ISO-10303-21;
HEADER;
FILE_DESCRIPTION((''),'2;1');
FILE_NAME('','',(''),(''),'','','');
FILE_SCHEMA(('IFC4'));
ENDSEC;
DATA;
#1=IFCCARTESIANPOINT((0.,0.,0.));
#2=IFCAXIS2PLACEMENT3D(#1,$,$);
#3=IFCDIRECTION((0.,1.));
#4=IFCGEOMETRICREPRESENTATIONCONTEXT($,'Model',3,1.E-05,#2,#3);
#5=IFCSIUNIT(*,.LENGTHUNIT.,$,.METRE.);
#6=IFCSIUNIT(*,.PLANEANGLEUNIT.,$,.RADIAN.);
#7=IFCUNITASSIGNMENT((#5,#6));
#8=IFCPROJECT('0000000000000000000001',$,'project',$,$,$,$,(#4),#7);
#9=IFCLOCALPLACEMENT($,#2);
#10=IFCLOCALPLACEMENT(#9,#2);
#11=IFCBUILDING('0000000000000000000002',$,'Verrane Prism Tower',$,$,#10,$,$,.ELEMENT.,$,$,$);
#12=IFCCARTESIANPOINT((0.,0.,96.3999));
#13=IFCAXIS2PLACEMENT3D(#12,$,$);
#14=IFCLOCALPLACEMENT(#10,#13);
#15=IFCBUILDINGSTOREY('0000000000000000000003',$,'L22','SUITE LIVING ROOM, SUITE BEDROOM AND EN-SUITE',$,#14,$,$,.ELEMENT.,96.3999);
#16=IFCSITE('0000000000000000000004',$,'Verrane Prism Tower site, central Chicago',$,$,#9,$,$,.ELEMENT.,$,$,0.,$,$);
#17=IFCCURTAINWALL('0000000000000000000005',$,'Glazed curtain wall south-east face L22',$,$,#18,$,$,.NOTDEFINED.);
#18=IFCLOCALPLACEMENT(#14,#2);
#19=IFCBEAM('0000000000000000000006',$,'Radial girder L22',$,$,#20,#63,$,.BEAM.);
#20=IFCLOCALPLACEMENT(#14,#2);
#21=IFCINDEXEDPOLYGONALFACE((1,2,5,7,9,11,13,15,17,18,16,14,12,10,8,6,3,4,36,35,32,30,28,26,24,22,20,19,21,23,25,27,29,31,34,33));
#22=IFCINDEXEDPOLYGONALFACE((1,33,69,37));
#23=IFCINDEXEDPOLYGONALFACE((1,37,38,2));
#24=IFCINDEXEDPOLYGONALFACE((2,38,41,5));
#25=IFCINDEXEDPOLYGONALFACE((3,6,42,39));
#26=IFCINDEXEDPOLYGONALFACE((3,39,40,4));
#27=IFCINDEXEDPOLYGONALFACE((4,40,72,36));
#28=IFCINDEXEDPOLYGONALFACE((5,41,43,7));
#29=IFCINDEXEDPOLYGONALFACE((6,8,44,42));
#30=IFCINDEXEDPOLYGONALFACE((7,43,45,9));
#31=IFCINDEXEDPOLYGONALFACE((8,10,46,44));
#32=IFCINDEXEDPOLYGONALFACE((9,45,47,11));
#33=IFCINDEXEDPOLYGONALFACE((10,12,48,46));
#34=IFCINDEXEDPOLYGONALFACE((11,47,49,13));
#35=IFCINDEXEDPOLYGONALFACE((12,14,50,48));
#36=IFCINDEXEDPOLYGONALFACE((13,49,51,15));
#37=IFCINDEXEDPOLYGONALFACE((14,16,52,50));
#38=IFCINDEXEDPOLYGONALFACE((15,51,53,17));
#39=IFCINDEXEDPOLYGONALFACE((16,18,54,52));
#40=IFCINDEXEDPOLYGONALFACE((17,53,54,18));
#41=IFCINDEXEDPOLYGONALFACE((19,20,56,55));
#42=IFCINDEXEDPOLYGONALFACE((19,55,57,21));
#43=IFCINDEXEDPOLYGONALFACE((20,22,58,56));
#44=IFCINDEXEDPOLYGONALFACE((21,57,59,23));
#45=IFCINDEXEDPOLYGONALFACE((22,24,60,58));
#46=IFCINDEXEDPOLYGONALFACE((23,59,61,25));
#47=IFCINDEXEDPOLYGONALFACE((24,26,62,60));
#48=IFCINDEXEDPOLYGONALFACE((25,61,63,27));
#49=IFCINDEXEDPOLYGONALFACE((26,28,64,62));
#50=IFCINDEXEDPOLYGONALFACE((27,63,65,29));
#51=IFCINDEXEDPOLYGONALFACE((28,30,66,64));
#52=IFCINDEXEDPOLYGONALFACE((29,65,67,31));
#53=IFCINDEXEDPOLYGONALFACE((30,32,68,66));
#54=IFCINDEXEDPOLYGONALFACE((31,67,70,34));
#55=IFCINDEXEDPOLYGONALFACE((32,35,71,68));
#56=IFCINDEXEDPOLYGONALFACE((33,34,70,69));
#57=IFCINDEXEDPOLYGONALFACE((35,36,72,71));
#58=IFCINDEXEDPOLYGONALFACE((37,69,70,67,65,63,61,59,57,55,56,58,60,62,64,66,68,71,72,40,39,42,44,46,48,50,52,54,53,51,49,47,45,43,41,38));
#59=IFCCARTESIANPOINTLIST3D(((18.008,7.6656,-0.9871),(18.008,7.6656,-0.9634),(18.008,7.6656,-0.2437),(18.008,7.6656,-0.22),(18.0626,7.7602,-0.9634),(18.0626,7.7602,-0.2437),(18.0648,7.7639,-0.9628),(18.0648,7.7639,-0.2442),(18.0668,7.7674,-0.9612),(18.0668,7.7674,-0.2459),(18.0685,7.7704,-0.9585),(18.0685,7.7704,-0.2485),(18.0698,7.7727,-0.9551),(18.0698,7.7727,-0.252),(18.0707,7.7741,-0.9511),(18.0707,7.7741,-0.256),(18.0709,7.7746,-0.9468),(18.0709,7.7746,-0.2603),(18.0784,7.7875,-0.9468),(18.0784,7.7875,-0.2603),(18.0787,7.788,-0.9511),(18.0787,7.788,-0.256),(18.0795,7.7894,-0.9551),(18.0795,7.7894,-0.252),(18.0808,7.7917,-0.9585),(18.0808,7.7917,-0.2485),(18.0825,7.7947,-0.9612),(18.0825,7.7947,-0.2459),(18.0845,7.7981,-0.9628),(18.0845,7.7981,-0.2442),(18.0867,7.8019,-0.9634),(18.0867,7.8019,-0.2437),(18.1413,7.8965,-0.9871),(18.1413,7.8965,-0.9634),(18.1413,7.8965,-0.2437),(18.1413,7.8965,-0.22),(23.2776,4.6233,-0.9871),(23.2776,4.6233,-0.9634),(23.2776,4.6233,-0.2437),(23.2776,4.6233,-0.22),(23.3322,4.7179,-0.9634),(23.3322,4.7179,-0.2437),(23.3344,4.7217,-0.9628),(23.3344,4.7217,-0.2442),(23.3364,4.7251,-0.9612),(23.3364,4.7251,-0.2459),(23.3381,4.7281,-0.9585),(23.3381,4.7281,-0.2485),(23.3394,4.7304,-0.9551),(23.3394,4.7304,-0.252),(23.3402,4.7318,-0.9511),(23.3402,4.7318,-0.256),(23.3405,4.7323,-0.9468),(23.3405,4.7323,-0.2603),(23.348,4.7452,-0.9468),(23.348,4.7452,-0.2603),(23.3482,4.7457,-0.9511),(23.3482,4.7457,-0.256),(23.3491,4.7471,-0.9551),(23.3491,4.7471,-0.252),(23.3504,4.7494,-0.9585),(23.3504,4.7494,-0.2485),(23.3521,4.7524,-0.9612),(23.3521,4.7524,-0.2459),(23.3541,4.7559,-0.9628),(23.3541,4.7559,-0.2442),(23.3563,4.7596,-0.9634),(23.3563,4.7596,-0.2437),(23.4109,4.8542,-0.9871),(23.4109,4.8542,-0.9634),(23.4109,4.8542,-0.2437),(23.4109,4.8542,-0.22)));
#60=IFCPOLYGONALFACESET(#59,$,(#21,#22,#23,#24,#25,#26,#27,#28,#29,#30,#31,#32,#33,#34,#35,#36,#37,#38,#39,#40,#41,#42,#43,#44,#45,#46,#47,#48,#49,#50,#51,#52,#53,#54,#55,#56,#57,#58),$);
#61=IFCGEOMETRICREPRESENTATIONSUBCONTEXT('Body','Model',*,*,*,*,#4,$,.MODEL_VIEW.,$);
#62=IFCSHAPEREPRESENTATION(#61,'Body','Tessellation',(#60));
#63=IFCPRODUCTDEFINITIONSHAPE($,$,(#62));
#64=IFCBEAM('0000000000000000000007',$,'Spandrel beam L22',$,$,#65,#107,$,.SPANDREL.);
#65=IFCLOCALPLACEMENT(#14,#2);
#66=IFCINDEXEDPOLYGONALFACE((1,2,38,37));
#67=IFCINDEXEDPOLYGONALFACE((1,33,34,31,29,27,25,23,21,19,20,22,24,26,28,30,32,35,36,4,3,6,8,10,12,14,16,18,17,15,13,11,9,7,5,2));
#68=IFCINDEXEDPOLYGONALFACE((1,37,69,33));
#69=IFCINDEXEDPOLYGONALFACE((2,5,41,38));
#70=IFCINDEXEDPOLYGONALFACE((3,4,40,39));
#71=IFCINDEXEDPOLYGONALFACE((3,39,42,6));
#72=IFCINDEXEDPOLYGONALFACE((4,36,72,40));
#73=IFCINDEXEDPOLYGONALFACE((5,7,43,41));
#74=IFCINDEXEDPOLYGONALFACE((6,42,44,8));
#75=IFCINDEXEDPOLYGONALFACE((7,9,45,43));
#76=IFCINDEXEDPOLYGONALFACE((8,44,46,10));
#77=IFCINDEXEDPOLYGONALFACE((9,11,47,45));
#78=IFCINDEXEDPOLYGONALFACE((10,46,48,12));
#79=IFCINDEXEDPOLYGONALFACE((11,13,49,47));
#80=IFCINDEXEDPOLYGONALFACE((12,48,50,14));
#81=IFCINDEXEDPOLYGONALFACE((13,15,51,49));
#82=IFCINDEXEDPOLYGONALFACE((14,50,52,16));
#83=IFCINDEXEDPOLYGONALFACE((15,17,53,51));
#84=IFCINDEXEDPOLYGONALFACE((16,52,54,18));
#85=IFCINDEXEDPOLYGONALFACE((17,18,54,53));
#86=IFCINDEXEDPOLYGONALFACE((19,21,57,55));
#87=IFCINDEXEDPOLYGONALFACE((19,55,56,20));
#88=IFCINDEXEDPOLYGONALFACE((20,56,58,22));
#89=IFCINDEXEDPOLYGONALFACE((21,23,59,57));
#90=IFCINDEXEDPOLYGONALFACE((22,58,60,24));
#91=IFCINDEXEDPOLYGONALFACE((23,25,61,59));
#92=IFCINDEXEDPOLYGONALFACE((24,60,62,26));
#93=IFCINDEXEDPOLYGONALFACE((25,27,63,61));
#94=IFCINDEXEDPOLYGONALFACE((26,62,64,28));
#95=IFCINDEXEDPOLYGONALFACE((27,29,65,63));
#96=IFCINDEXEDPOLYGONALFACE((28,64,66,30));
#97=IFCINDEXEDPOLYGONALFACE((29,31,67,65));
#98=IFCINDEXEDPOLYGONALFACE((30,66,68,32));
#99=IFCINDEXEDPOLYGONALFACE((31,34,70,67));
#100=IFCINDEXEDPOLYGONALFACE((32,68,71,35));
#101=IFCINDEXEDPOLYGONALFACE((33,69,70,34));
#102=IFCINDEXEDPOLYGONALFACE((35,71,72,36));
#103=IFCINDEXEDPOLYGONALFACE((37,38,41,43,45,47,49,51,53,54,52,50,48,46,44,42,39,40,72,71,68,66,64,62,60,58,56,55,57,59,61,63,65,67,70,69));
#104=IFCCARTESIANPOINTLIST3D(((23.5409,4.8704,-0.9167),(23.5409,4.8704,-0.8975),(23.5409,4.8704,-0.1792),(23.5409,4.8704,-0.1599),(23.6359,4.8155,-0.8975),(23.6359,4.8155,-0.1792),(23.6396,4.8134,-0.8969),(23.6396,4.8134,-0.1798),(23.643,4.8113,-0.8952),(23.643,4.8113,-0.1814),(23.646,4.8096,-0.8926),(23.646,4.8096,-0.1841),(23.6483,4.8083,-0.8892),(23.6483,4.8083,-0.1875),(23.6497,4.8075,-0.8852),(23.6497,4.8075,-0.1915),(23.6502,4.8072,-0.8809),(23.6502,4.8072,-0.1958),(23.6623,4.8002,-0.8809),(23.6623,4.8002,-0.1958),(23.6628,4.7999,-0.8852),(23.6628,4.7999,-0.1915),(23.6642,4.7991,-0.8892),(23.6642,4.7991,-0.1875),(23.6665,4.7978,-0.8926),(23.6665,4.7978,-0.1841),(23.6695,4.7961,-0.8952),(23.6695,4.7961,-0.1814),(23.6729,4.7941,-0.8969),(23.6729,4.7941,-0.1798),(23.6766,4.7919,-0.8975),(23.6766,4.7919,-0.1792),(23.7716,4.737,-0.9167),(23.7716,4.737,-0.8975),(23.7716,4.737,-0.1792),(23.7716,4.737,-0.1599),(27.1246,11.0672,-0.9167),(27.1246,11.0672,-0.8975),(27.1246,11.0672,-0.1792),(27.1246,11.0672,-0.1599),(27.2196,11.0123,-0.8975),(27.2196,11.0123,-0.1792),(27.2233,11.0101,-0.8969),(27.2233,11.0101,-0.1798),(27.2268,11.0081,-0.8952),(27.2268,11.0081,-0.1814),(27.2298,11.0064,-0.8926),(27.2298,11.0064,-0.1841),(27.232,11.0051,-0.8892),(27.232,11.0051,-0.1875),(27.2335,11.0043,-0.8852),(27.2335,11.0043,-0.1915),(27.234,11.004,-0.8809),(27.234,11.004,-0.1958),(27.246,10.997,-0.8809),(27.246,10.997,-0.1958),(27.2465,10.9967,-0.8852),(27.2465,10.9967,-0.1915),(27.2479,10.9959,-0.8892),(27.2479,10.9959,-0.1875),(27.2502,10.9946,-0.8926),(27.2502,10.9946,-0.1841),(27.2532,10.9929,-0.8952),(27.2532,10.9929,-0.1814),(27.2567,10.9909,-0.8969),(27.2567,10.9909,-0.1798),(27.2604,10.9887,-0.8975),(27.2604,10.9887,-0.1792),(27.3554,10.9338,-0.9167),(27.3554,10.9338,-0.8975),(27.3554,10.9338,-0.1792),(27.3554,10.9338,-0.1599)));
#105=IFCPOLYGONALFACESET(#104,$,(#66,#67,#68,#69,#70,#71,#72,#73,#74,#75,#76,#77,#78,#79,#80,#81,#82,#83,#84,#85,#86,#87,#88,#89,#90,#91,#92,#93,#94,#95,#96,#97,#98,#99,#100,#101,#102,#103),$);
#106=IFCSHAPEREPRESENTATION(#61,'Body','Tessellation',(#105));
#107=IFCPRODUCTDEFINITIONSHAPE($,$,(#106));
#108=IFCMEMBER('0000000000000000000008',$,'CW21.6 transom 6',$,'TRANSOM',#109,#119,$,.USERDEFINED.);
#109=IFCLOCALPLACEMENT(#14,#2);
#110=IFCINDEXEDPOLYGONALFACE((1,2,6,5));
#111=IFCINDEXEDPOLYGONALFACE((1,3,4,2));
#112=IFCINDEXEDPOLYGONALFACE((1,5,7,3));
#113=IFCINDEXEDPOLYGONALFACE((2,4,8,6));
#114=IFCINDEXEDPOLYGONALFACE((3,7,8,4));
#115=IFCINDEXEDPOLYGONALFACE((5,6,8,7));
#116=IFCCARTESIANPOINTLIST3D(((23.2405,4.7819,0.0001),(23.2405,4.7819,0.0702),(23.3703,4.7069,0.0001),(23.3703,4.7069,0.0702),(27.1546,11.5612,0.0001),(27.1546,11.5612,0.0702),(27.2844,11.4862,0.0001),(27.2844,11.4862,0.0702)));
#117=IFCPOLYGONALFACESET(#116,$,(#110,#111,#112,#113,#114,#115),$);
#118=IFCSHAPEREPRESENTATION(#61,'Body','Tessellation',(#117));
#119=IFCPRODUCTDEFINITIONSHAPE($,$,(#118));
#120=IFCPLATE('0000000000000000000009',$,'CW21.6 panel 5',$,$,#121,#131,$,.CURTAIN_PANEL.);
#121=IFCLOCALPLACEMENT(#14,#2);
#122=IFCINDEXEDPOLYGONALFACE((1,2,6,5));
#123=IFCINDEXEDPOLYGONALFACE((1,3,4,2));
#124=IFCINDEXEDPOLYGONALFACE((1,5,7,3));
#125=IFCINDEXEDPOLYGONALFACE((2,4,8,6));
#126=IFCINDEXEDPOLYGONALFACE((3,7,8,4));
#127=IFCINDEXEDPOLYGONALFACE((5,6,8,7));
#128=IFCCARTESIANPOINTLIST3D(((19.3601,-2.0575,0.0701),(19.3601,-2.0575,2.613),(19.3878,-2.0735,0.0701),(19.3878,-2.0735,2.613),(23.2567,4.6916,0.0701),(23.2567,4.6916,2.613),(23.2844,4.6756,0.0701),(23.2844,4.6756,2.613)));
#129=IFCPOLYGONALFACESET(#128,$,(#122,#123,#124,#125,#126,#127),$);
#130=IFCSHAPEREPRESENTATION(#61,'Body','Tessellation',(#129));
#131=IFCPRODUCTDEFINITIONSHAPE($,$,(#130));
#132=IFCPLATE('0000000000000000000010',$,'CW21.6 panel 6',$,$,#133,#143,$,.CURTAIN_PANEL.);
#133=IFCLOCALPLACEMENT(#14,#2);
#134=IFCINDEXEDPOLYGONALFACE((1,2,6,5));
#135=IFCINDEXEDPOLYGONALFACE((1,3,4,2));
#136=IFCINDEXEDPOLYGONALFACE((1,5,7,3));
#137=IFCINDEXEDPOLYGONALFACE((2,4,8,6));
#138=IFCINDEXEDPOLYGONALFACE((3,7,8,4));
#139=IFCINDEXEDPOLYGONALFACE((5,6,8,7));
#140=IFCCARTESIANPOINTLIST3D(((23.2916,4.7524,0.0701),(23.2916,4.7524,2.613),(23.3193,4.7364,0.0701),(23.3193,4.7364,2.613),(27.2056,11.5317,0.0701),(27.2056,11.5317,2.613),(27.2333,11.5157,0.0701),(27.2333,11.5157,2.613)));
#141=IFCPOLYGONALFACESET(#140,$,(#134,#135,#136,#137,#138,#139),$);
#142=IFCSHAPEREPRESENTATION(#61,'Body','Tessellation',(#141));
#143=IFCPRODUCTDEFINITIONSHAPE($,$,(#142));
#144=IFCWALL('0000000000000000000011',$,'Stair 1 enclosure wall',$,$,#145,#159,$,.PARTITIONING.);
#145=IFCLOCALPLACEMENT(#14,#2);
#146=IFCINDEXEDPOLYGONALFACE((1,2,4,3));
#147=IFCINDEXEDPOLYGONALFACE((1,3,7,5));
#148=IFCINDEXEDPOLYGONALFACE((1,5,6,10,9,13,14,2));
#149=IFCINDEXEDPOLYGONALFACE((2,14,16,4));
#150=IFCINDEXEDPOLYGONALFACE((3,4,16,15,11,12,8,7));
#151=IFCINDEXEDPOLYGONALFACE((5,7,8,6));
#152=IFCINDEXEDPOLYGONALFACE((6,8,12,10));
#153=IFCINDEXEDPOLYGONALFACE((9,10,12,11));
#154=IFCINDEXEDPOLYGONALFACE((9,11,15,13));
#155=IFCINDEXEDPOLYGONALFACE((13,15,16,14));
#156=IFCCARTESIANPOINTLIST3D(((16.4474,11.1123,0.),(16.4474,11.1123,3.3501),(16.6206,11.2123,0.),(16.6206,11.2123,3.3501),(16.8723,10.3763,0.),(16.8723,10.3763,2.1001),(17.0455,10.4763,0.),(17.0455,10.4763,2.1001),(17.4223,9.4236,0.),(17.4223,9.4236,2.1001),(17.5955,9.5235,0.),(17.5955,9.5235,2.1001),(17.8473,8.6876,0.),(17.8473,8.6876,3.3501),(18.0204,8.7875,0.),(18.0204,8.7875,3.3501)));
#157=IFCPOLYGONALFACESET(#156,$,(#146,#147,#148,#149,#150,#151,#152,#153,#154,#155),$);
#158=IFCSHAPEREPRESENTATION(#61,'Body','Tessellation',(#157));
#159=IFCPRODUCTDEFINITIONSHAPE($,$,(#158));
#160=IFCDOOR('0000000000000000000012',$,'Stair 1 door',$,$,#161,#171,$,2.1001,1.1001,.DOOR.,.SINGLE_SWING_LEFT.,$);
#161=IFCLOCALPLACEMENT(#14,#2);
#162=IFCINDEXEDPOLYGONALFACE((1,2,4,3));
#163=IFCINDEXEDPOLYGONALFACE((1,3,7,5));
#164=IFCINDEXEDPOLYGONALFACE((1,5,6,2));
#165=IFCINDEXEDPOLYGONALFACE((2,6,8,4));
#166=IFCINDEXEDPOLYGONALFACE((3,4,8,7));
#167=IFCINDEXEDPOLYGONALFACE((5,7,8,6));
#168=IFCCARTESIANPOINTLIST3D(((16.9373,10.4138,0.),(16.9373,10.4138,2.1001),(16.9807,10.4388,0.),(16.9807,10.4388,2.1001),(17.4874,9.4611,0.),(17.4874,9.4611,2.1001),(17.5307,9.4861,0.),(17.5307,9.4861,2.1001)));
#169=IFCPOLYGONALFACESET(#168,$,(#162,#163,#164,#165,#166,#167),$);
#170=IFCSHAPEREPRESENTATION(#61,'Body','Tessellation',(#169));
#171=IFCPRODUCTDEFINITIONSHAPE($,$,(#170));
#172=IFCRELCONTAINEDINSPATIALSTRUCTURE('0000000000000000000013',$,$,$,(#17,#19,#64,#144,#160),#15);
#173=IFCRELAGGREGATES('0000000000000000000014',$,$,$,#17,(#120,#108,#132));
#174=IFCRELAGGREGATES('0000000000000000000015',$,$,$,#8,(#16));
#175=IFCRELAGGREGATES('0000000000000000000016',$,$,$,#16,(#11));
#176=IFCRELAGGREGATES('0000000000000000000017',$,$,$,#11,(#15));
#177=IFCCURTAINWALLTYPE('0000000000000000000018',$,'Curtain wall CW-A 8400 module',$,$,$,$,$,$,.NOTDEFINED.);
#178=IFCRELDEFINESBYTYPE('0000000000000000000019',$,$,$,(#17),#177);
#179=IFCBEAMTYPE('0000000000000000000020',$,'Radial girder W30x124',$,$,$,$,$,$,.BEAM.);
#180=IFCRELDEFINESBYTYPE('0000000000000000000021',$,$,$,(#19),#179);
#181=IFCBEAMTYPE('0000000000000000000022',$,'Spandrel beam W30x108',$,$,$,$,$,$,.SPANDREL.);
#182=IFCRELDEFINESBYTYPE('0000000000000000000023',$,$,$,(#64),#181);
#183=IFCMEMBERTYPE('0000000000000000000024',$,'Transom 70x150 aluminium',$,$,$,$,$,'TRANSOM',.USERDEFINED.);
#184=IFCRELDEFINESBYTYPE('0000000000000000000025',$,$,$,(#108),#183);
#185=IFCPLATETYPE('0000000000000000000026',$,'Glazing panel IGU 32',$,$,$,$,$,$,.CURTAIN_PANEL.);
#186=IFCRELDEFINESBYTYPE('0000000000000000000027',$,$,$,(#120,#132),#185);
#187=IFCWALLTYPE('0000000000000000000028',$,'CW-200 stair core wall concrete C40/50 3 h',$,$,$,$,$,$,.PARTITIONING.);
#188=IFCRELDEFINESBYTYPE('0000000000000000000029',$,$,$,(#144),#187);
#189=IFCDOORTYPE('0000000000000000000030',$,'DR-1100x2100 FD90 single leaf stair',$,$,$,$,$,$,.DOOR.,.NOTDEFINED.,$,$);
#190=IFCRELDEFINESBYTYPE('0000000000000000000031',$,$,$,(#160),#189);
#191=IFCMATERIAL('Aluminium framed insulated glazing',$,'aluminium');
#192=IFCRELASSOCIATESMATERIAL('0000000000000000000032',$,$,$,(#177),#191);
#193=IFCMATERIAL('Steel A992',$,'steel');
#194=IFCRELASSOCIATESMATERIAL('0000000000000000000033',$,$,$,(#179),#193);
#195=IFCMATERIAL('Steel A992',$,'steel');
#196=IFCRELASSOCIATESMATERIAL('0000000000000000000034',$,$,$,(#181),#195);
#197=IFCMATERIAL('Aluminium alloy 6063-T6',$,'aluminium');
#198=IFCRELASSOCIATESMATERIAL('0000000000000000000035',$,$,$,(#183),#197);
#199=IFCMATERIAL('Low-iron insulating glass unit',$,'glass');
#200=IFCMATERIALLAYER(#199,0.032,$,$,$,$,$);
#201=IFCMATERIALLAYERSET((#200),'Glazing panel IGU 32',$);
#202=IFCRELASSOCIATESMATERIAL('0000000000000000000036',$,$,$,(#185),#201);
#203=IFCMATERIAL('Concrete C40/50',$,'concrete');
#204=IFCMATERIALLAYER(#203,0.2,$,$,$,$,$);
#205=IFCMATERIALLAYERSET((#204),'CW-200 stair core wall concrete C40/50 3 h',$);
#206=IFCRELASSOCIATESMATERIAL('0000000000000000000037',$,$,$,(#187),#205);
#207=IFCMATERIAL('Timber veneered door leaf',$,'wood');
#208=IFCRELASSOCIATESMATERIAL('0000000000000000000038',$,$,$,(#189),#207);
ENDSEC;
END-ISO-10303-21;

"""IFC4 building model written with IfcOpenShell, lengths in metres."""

from ifc_helpers import new_model, si_unit, direction, frame, frame_2d, origin, origin_2d, place, context, subcontext, project, spatial, rectangle, i_section, extrude, material, layer, layer_set, material_profile, profile_set, type_object, element, fill, aggregate, save


model = new_model("IFC4")

# Units and contexts
model_context = context("Model", 3, precision=1e-05, world=origin(), true_north=direction((0.0, 1.0)))
body_context = subcontext(model_context, "Body", "Model", "MODEL_VIEW")
ifc_project = project(units=[si_unit("LENGTHUNIT", "METRE"), si_unit("PLANEANGLEUNIT", "RADIAN")], contexts=[model_context])

# Site, building, storey
site_placement = place(None, origin())
site = spatial("IfcSite", under=ifc_project, at=site_placement, Name="Verrane Prism Tower site, central Chicago", CompositionType="ELEMENT", RefElevation=0.0)
building_placement = place(site_placement, origin())
building = spatial("IfcBuilding", under=site, at=building_placement, Name="Verrane Prism Tower", CompositionType="ELEMENT")
storey_placement = place(building_placement, frame((0.0, 0.0, 96.3999)))
storey = spatial("IfcBuildingStorey", under=building, at=storey_placement, Name="L22", Description="SUITE LIVING ROOM, SUITE BEDROOM AND EN-SUITE", CompositionType="ELEMENT", Elevation=96.3999)

# Curtain wall
ifc_material_1 = material(Name="Aluminium framed insulated glazing", Category="aluminium")
curtain_wall_type = type_object("IfcCurtainWallType", Name="Curtain wall CW-A 8400 module", PredefinedType="NOTDEFINED", material=ifc_material_1)
curtain_wall_placement = place(storey_placement, origin())
curtain_wall = element("IfcCurtainWall", 1, at=curtain_wall_placement, inside=storey, type_object=curtain_wall_type, Name="Glazed curtain wall south-east face L22", PredefinedType="NOTDEFINED")

# Beams
ifc_material_2 = material(Name="Steel A992", Category="steel")
ifc_material_profile_1 = material_profile(ifc_material_2, i_section(OverallWidth=0.2666, OverallDepth=0.7671, WebThickness=0.0149, FlangeThickness=0.0237, FilletRadius=0.0166, at=origin_2d()), Name="W30x124")
ifc_profile_set_1 = profile_set([ifc_material_profile_1], Name="Steel A992")
beam_type_1 = type_object("IfcBeamType", Name="Radial girder W30x124", PredefinedType="BEAM", material=ifc_profile_set_1)
beam_1_placement = place(storey_placement, frame((23.3442, 4.7388, -0.6035), z_axis=(-0.866035, 0.499984, 0.0), x_axis=(-0.499984, -0.866035, 0.0)))
element("IfcBeam", 2, at=beam_1_placement, inside=storey, type_object=beam_type_1, Name="Radial girder L22", PredefinedType="BEAM", context=body_context, shape_type="SweptSolid", body=[
    extrude(i_section(OverallWidth=0.2666, OverallDepth=0.7671, WebThickness=0.0149, FlangeThickness=0.0237, FilletRadius=0.0166, at=origin_2d()), origin(), (0.0, 0.0, 1.0), 6.0847),
])
ifc_material_3 = material(Name="Steel A992", Category="steel")
ifc_material_profile_2 = material_profile(ifc_material_3, i_section(OverallWidth=0.2666, OverallDepth=0.7568, WebThickness=0.0139, FlangeThickness=0.0193, FilletRadius=0.0166, at=origin_2d()), Name="W30x108")
ifc_profile_set_2 = profile_set([ifc_material_profile_2], Name="Steel A992")
beam_type_2 = type_object("IfcBeamType", Name="Spandrel beam W30x108", PredefinedType="SPANDREL", material=ifc_profile_set_2)
beam_2_placement = place(storey_placement, frame((23.6562, 4.8037, -0.5383), z_axis=(0.500632, 0.86566, 0.0), x_axis=(-0.86566, 0.500632, 0.0)))
element("IfcBeam", 3, at=beam_2_placement, inside=storey, type_object=beam_type_2, Name="Spandrel beam L22", PredefinedType="SPANDREL", context=body_context, shape_type="SweptSolid", body=[
    extrude(i_section(OverallWidth=0.2666, OverallDepth=0.7568, WebThickness=0.0139, FlangeThickness=0.0193, FilletRadius=0.0166, at=origin_2d()), origin(), (0.0, 0.0, 1.0), 7.1584),
])

# Member
ifc_material_4 = material(Name="Aluminium alloy 6063-T6", Category="aluminium")
ifc_material_profile_3 = material_profile(ifc_material_4, rectangle(XDim=0.1499, YDim=0.0701, at=origin_2d()), Name="Transom 70x150 aluminium")
ifc_profile_set_3 = profile_set([ifc_material_profile_3], Name="Aluminium alloy 6063-T6")
member_type_1 = type_object("IfcMemberType", Name="Transom 70x150 aluminium", ElementType="TRANSOM", PredefinedType="USERDEFINED", material=ifc_profile_set_3)
member_1_placement = place(storey_placement, frame((23.3054, 4.7444, 0.0352), z_axis=(0.500003, 0.866024, 0.0), x_axis=(-0.866024, 0.500003, 0.0)))
member_1 = element("IfcMember", 4, at=member_1_placement, type_object=member_type_1, Name="CW21.6 transom 6", ObjectType="TRANSOM", PredefinedType="USERDEFINED", context=body_context, shape_type="SweptSolid", body=[
    extrude(rectangle(XDim=0.1499, YDim=0.0701, at=origin_2d()), origin(), (0.0, 0.0, 1.0), 7.8281),
])

# Plates
ifc_material_5 = material(Name="Low-iron insulating glass unit", Category="glass")
ifc_layer_1 = layer(ifc_material_5, 0.032)
ifc_layer_set_1 = layer_set([ifc_layer_1], Name="Glazing panel IGU 32")
plate_type = type_object("IfcPlateType", Name="Glazing panel IGU 32", PredefinedType="CURTAIN_PANEL", material=ifc_layer_set_1)
plate_1_placement = place(storey_placement, frame((21.3223, 1.3091, 0.0701), z_axis=(0.0, 0.0, 1.0), x_axis=(0.5, 0.866026, 0.0)))
plate_1 = element("IfcPlate", 5, at=plate_1_placement, type_object=plate_type, Name="CW21.6 panel 5", PredefinedType="CURTAIN_PANEL", context=body_context, shape_type="SweptSolid", body=[
    extrude(rectangle(XDim=7.7932, YDim=0.032, at=origin_2d()), origin(), (0.0, 0.0, 1.0), 2.543),
])
plate_2_placement = place(storey_placement, frame((25.2625, 8.134, 0.0701), z_axis=(0.0, 0.0, 1.0), x_axis=(0.5, 0.866026, 0.0)))
plate_2 = element("IfcPlate", 6, at=plate_2_placement, type_object=plate_type, Name="CW21.6 panel 6", PredefinedType="CURTAIN_PANEL", context=body_context, shape_type="SweptSolid", body=[
    extrude(rectangle(XDim=7.8281, YDim=0.032, at=origin_2d()), origin(), (0.0, 0.0, 1.0), 2.543),
])
aggregate(curtain_wall, [plate_1, member_1, plate_2])

# Wall, opening, door
ifc_material_6 = material(Name="Concrete C40/50", Category="concrete")
ifc_layer_2 = layer(ifc_material_6, 0.2)
ifc_layer_set_2 = layer_set([ifc_layer_2], Name="CW-200 stair core wall concrete C40/50 3 h")
wall_type_1 = type_object("IfcWallType", Name="CW-200 stair core wall concrete C40/50 3 h", PredefinedType="PARTITIONING", material=ifc_layer_set_2)
wall_1_placement = place(storey_placement, frame((17.9338, 8.7375, 0.0), z_axis=(0.0, 0.0, 1.0), x_axis=(-0.499984, 0.866035, 0.0)))
wall_1 = element("IfcWall", 7, at=wall_1_placement, inside=storey, type_object=wall_type_1, Name="Stair 1 enclosure wall", PredefinedType="PARTITIONING", context=body_context, shape_type="SweptSolid", body=[
    extrude(rectangle(XDim=2.7998, YDim=0.2, at=frame_2d((1.3999, 0.0))), origin(), (0.0, 0.0, 1.0), 3.3501),
])
opening_1_placement = place(wall_1_placement, frame((0.8499, 0.0, 0.0)))
opening_1 = element("IfcOpeningElement", 8, at=opening_1_placement, cuts=wall_1, PredefinedType="OPENING", context=body_context, shape_type="SweptSolid", body=[
    extrude(rectangle(XDim=1.1001, YDim=2.1001, at=frame_2d((0.55, 1.05))), frame((0.0, 0.1099, 0.0), z_axis=(0.0, -1.0, 0.0), x_axis=(1.0, 0.0, 0.0)), (0.0, 0.0, 1.0), 0.22),
])
ifc_material_7 = material(Name="Timber veneered door leaf", Category="wood")
door_type_1 = type_object("IfcDoorType", Name="DR-1100x2100 FD90 single leaf stair", OperationType="NOTDEFINED", PredefinedType="DOOR", material=ifc_material_7)
door_1_placement = place(opening_1_placement, origin())
door_1 = element("IfcDoor", 9, at=door_1_placement, inside=storey, type_object=door_type_1, Name="Stair 1 door", OperationType="SINGLE_SWING_LEFT", OverallHeight=2.1001, OverallWidth=1.1001, PredefinedType="DOOR", context=body_context, shape_type="SweptSolid", body=[
    extrude(rectangle(XDim=1.1001, YDim=2.1001, at=frame_2d((0.55, 1.05))), frame((0.0, 0.0249, 0.0), z_axis=(0.0, -1.0, 0.0), x_axis=(1.0, 0.0, 0.0)), (0.0, 0.0, 1.0), 0.05),
])
fill(opening_1, door_1)

save(model, "model.ifc")
